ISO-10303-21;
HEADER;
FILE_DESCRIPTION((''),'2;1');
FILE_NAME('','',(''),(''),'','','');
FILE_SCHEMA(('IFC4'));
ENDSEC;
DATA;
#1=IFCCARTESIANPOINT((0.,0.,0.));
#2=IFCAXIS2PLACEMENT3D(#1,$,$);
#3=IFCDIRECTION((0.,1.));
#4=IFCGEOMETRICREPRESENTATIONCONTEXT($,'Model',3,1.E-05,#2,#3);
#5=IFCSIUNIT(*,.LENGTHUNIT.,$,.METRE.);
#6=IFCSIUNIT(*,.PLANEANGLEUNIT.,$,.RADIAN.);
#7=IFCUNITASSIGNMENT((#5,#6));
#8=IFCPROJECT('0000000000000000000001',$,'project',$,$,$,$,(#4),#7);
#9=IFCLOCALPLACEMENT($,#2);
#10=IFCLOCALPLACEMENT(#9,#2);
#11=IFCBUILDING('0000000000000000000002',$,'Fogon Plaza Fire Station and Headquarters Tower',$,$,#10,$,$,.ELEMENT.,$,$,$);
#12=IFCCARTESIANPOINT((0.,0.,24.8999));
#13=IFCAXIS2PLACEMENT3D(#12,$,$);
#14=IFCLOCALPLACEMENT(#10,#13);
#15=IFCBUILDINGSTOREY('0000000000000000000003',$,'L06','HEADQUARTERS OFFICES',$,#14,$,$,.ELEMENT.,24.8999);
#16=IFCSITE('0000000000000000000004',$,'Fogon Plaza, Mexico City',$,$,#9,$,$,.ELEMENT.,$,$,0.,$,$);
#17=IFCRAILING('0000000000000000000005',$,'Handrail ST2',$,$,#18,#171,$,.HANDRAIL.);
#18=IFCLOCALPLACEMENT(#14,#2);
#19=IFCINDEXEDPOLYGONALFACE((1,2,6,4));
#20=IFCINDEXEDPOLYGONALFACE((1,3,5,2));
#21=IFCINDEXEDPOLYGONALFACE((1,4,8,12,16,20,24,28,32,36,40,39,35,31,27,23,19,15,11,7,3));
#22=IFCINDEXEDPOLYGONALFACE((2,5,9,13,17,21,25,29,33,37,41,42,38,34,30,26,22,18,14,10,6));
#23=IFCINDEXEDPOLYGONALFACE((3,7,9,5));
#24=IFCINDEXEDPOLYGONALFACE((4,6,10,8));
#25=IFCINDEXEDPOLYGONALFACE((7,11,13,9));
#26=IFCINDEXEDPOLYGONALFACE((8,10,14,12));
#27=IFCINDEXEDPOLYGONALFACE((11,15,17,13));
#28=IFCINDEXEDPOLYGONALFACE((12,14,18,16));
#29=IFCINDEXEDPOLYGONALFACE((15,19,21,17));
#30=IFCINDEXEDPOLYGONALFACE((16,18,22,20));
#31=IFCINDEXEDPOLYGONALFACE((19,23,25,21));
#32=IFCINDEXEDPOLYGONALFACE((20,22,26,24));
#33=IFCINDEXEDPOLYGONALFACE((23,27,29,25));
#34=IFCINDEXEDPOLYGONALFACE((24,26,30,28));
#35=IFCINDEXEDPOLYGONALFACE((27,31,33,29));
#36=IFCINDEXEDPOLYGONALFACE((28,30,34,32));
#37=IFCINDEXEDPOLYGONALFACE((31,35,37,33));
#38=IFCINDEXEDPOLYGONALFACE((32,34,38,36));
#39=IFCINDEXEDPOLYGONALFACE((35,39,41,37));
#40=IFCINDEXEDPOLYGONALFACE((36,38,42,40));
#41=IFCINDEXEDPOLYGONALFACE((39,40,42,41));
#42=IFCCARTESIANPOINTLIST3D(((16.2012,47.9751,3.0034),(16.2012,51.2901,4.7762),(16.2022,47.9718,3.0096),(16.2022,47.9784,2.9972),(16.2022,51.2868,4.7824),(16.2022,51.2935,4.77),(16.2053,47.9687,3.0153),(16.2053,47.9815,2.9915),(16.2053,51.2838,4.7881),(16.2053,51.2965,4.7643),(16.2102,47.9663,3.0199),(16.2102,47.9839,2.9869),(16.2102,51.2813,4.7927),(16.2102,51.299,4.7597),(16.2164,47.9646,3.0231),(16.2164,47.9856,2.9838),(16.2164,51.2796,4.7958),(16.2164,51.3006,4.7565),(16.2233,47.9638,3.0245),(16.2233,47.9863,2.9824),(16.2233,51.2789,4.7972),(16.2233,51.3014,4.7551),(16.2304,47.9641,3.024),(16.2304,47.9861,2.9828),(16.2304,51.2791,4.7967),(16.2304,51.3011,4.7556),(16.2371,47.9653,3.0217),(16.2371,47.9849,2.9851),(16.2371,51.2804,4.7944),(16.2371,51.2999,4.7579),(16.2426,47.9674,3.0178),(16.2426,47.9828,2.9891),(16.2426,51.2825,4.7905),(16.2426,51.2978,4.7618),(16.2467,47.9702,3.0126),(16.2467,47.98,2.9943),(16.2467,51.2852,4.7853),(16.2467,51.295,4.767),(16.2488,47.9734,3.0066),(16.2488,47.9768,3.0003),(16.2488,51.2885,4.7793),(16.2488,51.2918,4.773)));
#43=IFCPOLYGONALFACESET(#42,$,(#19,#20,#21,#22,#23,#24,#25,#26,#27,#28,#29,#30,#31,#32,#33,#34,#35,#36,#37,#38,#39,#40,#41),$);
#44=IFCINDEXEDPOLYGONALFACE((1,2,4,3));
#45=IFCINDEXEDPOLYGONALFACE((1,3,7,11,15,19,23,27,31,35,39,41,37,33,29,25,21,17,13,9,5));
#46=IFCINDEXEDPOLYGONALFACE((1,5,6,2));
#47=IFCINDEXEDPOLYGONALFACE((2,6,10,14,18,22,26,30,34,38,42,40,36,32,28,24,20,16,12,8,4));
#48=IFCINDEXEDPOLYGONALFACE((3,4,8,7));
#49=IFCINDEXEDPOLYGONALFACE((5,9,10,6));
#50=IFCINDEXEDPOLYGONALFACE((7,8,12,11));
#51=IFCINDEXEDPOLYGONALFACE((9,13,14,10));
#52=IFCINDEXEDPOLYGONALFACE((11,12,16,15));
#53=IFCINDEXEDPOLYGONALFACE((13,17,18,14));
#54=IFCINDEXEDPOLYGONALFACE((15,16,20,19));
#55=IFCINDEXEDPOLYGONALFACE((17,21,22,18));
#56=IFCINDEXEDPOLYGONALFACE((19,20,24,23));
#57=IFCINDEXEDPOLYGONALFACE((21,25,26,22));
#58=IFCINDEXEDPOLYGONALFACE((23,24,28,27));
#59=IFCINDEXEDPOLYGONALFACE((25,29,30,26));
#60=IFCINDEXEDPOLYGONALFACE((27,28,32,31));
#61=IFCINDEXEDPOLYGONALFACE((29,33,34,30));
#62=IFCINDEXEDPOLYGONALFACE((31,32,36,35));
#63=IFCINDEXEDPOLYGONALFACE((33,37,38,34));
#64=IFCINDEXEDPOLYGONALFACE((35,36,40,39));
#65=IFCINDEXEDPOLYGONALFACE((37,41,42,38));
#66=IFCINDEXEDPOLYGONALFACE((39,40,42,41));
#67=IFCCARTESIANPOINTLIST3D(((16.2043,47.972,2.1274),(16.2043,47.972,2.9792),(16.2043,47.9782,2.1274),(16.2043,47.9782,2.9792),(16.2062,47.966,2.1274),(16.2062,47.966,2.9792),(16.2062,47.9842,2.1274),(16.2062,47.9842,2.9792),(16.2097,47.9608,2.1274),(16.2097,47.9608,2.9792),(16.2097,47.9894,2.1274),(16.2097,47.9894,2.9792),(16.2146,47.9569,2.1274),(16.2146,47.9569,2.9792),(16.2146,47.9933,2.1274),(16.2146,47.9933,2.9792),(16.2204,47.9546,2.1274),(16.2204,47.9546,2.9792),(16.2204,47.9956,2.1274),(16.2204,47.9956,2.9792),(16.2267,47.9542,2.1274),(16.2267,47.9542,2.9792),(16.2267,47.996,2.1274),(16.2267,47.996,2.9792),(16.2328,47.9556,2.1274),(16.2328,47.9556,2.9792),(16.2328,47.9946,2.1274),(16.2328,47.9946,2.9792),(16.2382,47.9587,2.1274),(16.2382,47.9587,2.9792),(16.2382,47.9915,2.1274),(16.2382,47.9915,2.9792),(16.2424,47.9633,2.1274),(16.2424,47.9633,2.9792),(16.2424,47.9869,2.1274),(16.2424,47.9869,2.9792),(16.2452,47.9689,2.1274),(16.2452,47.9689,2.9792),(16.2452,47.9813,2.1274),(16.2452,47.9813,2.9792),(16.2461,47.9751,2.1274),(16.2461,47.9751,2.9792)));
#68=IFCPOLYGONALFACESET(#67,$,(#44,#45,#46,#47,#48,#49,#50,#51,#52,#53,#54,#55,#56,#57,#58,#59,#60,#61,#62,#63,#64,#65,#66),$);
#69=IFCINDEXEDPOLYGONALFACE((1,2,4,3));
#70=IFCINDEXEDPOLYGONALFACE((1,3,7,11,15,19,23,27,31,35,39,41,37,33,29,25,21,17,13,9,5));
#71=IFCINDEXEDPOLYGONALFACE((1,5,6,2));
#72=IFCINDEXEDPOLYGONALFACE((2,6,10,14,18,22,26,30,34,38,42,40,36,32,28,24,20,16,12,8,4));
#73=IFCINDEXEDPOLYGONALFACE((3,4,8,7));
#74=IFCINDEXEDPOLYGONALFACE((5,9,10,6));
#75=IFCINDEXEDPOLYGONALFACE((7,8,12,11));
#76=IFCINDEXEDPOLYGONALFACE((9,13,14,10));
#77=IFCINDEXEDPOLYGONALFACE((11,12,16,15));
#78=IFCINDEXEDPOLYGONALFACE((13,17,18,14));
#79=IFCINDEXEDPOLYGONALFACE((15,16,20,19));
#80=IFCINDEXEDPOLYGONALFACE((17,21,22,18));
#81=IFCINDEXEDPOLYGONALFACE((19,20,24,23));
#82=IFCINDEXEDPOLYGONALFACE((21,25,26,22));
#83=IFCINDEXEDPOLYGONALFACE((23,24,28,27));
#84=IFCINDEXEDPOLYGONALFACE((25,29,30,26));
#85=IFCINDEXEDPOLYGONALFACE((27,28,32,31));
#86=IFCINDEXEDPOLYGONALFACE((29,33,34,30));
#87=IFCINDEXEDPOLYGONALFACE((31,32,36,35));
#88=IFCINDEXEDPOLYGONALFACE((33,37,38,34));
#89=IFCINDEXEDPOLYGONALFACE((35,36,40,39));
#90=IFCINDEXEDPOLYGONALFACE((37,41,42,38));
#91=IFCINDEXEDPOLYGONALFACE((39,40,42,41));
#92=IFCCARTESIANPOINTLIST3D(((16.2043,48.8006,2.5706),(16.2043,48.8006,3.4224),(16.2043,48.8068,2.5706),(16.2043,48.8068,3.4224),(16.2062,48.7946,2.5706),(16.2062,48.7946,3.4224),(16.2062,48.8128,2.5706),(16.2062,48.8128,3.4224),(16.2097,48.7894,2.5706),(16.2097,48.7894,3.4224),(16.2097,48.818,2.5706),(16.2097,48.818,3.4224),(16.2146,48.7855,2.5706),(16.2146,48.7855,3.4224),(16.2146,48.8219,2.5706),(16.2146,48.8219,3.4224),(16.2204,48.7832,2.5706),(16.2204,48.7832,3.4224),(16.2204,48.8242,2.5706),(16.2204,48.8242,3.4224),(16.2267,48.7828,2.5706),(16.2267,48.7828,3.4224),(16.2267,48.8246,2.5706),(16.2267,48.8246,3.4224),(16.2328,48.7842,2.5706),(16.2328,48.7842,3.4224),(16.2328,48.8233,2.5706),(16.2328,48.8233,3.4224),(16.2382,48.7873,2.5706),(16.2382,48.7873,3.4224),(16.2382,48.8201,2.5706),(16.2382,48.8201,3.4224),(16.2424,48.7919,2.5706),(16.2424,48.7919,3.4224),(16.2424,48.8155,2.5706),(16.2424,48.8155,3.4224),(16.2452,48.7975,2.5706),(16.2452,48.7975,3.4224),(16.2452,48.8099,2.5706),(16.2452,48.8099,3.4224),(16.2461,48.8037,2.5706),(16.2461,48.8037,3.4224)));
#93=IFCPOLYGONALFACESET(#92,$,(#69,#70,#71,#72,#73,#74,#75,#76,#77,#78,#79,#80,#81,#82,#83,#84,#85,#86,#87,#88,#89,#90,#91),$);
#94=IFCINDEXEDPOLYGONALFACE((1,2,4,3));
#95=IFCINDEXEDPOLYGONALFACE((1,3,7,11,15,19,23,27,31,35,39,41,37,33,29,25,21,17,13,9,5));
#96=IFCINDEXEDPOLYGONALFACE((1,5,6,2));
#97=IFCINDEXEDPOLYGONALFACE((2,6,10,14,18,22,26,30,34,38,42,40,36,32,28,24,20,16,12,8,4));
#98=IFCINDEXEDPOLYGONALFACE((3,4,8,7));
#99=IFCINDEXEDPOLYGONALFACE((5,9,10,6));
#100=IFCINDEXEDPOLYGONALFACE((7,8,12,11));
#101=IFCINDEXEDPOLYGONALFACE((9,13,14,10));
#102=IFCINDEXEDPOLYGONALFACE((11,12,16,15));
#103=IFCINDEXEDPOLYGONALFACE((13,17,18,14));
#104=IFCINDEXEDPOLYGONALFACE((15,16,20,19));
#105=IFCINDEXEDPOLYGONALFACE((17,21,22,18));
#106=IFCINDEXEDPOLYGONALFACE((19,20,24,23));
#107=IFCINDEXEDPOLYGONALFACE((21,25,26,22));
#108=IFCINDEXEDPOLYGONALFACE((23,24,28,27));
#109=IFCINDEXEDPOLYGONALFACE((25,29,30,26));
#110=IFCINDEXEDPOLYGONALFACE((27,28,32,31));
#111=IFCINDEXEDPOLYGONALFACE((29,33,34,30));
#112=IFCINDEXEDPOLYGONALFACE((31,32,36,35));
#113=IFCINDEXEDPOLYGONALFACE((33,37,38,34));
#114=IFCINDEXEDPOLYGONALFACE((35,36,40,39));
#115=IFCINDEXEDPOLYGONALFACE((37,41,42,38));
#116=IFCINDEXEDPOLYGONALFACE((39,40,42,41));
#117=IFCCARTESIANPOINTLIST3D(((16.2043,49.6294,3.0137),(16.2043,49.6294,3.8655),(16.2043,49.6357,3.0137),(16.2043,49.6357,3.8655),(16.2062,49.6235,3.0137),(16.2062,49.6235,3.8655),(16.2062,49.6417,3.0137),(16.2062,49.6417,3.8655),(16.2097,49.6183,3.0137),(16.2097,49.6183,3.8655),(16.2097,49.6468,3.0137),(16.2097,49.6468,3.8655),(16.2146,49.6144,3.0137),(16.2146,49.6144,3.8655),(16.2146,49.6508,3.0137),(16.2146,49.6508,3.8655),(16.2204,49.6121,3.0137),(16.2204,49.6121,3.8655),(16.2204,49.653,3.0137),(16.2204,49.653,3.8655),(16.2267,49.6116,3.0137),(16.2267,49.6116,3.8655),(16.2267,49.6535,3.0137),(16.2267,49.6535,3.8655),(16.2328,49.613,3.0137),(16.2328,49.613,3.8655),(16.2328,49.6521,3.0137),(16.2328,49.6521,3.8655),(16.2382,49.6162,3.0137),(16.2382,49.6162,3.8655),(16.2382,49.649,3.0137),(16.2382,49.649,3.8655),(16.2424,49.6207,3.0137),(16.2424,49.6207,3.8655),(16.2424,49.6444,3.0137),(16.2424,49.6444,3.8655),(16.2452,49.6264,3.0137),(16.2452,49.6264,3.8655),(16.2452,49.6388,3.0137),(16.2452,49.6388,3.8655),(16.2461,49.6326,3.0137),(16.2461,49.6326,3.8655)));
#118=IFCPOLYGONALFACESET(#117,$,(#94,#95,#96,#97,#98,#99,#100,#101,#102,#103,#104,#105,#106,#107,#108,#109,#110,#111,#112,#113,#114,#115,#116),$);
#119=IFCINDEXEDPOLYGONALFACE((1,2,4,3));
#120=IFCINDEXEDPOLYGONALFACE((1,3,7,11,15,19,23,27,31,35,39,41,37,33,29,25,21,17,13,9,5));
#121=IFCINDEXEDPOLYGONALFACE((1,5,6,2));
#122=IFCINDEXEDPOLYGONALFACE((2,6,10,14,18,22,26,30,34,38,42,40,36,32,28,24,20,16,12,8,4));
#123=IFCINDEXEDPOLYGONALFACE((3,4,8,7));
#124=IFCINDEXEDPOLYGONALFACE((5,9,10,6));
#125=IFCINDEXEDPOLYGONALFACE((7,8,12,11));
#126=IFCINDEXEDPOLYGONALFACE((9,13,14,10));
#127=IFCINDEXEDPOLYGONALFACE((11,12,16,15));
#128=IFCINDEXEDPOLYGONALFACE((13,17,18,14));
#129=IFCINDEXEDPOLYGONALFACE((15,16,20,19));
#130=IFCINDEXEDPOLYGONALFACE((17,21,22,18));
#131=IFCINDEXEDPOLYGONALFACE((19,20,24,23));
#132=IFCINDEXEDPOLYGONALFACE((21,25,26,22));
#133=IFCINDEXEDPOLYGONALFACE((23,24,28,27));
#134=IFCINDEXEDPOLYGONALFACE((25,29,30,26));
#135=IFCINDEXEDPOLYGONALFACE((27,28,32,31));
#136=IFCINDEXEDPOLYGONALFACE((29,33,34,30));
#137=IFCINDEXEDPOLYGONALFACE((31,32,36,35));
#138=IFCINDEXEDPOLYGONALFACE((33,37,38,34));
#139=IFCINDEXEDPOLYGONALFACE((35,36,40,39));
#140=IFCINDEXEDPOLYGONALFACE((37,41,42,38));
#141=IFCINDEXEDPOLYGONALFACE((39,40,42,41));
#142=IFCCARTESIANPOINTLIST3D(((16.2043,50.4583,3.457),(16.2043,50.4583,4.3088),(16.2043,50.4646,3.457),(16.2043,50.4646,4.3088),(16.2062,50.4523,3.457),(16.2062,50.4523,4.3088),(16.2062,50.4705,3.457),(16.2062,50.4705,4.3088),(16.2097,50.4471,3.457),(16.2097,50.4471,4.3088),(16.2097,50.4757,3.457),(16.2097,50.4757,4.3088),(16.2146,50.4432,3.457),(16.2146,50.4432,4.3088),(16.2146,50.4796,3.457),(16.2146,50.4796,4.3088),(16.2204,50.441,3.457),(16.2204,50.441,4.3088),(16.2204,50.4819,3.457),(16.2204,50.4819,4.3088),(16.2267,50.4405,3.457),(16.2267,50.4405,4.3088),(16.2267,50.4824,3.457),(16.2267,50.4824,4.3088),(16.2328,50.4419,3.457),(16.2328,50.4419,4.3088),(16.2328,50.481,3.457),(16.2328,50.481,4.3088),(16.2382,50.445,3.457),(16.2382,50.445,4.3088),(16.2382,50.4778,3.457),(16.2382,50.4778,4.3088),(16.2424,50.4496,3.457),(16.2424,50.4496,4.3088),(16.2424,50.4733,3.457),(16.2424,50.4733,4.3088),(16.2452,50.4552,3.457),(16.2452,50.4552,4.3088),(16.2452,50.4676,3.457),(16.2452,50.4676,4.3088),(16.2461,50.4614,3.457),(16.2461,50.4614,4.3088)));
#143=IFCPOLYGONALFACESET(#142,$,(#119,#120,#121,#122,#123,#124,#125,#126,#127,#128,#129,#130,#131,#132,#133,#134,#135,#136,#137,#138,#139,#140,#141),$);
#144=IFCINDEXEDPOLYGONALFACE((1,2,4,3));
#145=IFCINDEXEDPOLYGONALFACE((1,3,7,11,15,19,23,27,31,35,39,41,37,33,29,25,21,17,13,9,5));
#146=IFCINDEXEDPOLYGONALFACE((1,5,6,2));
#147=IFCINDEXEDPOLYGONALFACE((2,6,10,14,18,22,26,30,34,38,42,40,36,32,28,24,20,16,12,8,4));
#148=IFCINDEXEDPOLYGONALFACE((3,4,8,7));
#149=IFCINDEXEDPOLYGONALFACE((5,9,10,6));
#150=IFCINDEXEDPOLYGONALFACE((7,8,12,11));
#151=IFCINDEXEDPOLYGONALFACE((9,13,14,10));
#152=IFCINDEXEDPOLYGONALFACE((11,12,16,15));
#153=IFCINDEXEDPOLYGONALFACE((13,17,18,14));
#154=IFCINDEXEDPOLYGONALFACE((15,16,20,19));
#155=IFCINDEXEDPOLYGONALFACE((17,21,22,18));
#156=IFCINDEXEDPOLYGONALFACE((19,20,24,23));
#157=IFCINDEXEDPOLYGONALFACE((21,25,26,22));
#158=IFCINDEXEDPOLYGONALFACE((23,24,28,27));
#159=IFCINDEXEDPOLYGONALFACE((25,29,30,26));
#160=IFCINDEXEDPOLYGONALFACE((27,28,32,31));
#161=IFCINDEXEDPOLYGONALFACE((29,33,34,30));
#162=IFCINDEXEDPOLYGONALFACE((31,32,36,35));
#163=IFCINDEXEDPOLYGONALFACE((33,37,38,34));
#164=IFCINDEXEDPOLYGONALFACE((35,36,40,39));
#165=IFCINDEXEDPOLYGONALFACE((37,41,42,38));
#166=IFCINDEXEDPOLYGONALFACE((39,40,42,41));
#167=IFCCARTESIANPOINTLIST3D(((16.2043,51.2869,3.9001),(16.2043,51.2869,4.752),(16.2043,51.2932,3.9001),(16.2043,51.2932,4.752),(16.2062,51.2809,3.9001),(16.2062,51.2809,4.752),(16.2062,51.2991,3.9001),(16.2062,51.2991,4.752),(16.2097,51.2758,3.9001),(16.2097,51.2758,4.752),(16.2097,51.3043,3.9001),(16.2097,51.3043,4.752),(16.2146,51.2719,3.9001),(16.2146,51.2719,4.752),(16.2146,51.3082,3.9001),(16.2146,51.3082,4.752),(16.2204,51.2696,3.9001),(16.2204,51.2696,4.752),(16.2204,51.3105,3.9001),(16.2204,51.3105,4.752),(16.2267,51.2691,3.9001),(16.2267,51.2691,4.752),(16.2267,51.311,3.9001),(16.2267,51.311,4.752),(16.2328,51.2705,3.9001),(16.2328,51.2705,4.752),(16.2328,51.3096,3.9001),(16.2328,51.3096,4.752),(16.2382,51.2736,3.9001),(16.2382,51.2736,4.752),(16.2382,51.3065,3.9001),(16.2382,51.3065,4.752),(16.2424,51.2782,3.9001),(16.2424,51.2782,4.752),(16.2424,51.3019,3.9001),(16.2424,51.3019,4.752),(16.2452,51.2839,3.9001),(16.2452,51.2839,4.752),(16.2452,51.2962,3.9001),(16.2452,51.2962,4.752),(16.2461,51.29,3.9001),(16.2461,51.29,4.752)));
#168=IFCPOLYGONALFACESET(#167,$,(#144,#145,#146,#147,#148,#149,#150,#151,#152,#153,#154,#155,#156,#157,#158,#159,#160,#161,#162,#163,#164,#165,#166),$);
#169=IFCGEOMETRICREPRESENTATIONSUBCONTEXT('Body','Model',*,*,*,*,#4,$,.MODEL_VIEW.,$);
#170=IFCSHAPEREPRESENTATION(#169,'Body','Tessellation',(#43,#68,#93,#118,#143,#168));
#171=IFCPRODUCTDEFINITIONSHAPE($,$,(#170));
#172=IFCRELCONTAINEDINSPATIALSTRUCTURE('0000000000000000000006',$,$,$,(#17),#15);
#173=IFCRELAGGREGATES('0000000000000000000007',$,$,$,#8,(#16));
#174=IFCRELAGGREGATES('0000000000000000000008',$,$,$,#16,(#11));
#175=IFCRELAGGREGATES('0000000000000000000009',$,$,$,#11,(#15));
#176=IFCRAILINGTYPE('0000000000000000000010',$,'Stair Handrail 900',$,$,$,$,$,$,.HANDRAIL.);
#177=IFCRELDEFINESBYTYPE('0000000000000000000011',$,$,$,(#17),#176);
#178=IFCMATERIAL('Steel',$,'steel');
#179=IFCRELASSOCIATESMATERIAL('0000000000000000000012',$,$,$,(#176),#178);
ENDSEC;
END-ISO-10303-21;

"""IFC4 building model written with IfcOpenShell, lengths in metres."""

from ifc_helpers import new_model, si_unit, direction, frame, origin, origin_2d, place, context, subcontext, project, spatial, circle, extrude, material, type_object, element, save


model = new_model("IFC4")

# Units and contexts
model_context = context("Model", 3, precision=1e-05, world=origin(), true_north=direction((0.0, 1.0)))
body_context = subcontext(model_context, "Body", "Model", "MODEL_VIEW")
ifc_project = project(units=[si_unit("LENGTHUNIT", "METRE"), si_unit("PLANEANGLEUNIT", "RADIAN")], contexts=[model_context])

# Site, building, storey
site_placement = place(None, origin())
site = spatial("IfcSite", under=ifc_project, at=site_placement, Name="Fogon Plaza, Mexico City", CompositionType="ELEMENT", RefElevation=0.0)
building_placement = place(site_placement, origin())
building = spatial("IfcBuilding", under=site, at=building_placement, Name="Fogon Plaza Fire Station and Headquarters Tower", CompositionType="ELEMENT")
storey_placement = place(building_placement, frame((0.0, 0.0, 24.8999)))
storey = spatial("IfcBuildingStorey", under=building, at=storey_placement, Name="L06", Description="HEADQUARTERS OFFICES", CompositionType="ELEMENT", Elevation=24.8999)

# Railing
ifc_material_1 = material(Name="Steel", Category="steel")
railing_type = type_object("IfcRailingType", Name="Stair Handrail 900", PredefinedType="HANDRAIL", material=ifc_material_1)
for number, where, name in (
    (1, (16.2251, 47.9751, 2.1274), "Handrail ST2"),
):
    element("IfcRailing", number, at=place(storey_placement, frame(where)), inside=storey, type_object=railing_type, Name=name, PredefinedType="HANDRAIL", context=body_context, shape_type="SweptSolid", body=[
        extrude(circle(Radius=0.0239, at=origin_2d()), frame((0.0, 0.0, 0.876), z_axis=(0.0, 0.881829, 0.471569), x_axis=(-1.0, 0.0, 0.0)), (0.0, 0.0, 1.0), 3.7593),
        extrude(circle(Radius=0.021, at=origin_2d()), origin(), (0.0, 0.0, 1.0), 0.8518),
        extrude(circle(Radius=0.021, at=origin_2d()), frame((0.0, 0.8286, 0.4431)), (0.0, 0.0, 1.0), 0.8518),
        extrude(circle(Radius=0.021, at=origin_2d()), frame((0.0, 1.6575, 0.8862)), (0.0, 0.0, 1.0), 0.8518),
        extrude(circle(Radius=0.021, at=origin_2d()), frame((0.0, 2.4863, 1.3296)), (0.0, 0.0, 1.0), 0.8518),
        extrude(circle(Radius=0.021, at=origin_2d()), frame((0.0, 3.3149, 1.7727)), (0.0, 0.0, 1.0), 0.8518),
    ])

save(model, "model.ifc")
